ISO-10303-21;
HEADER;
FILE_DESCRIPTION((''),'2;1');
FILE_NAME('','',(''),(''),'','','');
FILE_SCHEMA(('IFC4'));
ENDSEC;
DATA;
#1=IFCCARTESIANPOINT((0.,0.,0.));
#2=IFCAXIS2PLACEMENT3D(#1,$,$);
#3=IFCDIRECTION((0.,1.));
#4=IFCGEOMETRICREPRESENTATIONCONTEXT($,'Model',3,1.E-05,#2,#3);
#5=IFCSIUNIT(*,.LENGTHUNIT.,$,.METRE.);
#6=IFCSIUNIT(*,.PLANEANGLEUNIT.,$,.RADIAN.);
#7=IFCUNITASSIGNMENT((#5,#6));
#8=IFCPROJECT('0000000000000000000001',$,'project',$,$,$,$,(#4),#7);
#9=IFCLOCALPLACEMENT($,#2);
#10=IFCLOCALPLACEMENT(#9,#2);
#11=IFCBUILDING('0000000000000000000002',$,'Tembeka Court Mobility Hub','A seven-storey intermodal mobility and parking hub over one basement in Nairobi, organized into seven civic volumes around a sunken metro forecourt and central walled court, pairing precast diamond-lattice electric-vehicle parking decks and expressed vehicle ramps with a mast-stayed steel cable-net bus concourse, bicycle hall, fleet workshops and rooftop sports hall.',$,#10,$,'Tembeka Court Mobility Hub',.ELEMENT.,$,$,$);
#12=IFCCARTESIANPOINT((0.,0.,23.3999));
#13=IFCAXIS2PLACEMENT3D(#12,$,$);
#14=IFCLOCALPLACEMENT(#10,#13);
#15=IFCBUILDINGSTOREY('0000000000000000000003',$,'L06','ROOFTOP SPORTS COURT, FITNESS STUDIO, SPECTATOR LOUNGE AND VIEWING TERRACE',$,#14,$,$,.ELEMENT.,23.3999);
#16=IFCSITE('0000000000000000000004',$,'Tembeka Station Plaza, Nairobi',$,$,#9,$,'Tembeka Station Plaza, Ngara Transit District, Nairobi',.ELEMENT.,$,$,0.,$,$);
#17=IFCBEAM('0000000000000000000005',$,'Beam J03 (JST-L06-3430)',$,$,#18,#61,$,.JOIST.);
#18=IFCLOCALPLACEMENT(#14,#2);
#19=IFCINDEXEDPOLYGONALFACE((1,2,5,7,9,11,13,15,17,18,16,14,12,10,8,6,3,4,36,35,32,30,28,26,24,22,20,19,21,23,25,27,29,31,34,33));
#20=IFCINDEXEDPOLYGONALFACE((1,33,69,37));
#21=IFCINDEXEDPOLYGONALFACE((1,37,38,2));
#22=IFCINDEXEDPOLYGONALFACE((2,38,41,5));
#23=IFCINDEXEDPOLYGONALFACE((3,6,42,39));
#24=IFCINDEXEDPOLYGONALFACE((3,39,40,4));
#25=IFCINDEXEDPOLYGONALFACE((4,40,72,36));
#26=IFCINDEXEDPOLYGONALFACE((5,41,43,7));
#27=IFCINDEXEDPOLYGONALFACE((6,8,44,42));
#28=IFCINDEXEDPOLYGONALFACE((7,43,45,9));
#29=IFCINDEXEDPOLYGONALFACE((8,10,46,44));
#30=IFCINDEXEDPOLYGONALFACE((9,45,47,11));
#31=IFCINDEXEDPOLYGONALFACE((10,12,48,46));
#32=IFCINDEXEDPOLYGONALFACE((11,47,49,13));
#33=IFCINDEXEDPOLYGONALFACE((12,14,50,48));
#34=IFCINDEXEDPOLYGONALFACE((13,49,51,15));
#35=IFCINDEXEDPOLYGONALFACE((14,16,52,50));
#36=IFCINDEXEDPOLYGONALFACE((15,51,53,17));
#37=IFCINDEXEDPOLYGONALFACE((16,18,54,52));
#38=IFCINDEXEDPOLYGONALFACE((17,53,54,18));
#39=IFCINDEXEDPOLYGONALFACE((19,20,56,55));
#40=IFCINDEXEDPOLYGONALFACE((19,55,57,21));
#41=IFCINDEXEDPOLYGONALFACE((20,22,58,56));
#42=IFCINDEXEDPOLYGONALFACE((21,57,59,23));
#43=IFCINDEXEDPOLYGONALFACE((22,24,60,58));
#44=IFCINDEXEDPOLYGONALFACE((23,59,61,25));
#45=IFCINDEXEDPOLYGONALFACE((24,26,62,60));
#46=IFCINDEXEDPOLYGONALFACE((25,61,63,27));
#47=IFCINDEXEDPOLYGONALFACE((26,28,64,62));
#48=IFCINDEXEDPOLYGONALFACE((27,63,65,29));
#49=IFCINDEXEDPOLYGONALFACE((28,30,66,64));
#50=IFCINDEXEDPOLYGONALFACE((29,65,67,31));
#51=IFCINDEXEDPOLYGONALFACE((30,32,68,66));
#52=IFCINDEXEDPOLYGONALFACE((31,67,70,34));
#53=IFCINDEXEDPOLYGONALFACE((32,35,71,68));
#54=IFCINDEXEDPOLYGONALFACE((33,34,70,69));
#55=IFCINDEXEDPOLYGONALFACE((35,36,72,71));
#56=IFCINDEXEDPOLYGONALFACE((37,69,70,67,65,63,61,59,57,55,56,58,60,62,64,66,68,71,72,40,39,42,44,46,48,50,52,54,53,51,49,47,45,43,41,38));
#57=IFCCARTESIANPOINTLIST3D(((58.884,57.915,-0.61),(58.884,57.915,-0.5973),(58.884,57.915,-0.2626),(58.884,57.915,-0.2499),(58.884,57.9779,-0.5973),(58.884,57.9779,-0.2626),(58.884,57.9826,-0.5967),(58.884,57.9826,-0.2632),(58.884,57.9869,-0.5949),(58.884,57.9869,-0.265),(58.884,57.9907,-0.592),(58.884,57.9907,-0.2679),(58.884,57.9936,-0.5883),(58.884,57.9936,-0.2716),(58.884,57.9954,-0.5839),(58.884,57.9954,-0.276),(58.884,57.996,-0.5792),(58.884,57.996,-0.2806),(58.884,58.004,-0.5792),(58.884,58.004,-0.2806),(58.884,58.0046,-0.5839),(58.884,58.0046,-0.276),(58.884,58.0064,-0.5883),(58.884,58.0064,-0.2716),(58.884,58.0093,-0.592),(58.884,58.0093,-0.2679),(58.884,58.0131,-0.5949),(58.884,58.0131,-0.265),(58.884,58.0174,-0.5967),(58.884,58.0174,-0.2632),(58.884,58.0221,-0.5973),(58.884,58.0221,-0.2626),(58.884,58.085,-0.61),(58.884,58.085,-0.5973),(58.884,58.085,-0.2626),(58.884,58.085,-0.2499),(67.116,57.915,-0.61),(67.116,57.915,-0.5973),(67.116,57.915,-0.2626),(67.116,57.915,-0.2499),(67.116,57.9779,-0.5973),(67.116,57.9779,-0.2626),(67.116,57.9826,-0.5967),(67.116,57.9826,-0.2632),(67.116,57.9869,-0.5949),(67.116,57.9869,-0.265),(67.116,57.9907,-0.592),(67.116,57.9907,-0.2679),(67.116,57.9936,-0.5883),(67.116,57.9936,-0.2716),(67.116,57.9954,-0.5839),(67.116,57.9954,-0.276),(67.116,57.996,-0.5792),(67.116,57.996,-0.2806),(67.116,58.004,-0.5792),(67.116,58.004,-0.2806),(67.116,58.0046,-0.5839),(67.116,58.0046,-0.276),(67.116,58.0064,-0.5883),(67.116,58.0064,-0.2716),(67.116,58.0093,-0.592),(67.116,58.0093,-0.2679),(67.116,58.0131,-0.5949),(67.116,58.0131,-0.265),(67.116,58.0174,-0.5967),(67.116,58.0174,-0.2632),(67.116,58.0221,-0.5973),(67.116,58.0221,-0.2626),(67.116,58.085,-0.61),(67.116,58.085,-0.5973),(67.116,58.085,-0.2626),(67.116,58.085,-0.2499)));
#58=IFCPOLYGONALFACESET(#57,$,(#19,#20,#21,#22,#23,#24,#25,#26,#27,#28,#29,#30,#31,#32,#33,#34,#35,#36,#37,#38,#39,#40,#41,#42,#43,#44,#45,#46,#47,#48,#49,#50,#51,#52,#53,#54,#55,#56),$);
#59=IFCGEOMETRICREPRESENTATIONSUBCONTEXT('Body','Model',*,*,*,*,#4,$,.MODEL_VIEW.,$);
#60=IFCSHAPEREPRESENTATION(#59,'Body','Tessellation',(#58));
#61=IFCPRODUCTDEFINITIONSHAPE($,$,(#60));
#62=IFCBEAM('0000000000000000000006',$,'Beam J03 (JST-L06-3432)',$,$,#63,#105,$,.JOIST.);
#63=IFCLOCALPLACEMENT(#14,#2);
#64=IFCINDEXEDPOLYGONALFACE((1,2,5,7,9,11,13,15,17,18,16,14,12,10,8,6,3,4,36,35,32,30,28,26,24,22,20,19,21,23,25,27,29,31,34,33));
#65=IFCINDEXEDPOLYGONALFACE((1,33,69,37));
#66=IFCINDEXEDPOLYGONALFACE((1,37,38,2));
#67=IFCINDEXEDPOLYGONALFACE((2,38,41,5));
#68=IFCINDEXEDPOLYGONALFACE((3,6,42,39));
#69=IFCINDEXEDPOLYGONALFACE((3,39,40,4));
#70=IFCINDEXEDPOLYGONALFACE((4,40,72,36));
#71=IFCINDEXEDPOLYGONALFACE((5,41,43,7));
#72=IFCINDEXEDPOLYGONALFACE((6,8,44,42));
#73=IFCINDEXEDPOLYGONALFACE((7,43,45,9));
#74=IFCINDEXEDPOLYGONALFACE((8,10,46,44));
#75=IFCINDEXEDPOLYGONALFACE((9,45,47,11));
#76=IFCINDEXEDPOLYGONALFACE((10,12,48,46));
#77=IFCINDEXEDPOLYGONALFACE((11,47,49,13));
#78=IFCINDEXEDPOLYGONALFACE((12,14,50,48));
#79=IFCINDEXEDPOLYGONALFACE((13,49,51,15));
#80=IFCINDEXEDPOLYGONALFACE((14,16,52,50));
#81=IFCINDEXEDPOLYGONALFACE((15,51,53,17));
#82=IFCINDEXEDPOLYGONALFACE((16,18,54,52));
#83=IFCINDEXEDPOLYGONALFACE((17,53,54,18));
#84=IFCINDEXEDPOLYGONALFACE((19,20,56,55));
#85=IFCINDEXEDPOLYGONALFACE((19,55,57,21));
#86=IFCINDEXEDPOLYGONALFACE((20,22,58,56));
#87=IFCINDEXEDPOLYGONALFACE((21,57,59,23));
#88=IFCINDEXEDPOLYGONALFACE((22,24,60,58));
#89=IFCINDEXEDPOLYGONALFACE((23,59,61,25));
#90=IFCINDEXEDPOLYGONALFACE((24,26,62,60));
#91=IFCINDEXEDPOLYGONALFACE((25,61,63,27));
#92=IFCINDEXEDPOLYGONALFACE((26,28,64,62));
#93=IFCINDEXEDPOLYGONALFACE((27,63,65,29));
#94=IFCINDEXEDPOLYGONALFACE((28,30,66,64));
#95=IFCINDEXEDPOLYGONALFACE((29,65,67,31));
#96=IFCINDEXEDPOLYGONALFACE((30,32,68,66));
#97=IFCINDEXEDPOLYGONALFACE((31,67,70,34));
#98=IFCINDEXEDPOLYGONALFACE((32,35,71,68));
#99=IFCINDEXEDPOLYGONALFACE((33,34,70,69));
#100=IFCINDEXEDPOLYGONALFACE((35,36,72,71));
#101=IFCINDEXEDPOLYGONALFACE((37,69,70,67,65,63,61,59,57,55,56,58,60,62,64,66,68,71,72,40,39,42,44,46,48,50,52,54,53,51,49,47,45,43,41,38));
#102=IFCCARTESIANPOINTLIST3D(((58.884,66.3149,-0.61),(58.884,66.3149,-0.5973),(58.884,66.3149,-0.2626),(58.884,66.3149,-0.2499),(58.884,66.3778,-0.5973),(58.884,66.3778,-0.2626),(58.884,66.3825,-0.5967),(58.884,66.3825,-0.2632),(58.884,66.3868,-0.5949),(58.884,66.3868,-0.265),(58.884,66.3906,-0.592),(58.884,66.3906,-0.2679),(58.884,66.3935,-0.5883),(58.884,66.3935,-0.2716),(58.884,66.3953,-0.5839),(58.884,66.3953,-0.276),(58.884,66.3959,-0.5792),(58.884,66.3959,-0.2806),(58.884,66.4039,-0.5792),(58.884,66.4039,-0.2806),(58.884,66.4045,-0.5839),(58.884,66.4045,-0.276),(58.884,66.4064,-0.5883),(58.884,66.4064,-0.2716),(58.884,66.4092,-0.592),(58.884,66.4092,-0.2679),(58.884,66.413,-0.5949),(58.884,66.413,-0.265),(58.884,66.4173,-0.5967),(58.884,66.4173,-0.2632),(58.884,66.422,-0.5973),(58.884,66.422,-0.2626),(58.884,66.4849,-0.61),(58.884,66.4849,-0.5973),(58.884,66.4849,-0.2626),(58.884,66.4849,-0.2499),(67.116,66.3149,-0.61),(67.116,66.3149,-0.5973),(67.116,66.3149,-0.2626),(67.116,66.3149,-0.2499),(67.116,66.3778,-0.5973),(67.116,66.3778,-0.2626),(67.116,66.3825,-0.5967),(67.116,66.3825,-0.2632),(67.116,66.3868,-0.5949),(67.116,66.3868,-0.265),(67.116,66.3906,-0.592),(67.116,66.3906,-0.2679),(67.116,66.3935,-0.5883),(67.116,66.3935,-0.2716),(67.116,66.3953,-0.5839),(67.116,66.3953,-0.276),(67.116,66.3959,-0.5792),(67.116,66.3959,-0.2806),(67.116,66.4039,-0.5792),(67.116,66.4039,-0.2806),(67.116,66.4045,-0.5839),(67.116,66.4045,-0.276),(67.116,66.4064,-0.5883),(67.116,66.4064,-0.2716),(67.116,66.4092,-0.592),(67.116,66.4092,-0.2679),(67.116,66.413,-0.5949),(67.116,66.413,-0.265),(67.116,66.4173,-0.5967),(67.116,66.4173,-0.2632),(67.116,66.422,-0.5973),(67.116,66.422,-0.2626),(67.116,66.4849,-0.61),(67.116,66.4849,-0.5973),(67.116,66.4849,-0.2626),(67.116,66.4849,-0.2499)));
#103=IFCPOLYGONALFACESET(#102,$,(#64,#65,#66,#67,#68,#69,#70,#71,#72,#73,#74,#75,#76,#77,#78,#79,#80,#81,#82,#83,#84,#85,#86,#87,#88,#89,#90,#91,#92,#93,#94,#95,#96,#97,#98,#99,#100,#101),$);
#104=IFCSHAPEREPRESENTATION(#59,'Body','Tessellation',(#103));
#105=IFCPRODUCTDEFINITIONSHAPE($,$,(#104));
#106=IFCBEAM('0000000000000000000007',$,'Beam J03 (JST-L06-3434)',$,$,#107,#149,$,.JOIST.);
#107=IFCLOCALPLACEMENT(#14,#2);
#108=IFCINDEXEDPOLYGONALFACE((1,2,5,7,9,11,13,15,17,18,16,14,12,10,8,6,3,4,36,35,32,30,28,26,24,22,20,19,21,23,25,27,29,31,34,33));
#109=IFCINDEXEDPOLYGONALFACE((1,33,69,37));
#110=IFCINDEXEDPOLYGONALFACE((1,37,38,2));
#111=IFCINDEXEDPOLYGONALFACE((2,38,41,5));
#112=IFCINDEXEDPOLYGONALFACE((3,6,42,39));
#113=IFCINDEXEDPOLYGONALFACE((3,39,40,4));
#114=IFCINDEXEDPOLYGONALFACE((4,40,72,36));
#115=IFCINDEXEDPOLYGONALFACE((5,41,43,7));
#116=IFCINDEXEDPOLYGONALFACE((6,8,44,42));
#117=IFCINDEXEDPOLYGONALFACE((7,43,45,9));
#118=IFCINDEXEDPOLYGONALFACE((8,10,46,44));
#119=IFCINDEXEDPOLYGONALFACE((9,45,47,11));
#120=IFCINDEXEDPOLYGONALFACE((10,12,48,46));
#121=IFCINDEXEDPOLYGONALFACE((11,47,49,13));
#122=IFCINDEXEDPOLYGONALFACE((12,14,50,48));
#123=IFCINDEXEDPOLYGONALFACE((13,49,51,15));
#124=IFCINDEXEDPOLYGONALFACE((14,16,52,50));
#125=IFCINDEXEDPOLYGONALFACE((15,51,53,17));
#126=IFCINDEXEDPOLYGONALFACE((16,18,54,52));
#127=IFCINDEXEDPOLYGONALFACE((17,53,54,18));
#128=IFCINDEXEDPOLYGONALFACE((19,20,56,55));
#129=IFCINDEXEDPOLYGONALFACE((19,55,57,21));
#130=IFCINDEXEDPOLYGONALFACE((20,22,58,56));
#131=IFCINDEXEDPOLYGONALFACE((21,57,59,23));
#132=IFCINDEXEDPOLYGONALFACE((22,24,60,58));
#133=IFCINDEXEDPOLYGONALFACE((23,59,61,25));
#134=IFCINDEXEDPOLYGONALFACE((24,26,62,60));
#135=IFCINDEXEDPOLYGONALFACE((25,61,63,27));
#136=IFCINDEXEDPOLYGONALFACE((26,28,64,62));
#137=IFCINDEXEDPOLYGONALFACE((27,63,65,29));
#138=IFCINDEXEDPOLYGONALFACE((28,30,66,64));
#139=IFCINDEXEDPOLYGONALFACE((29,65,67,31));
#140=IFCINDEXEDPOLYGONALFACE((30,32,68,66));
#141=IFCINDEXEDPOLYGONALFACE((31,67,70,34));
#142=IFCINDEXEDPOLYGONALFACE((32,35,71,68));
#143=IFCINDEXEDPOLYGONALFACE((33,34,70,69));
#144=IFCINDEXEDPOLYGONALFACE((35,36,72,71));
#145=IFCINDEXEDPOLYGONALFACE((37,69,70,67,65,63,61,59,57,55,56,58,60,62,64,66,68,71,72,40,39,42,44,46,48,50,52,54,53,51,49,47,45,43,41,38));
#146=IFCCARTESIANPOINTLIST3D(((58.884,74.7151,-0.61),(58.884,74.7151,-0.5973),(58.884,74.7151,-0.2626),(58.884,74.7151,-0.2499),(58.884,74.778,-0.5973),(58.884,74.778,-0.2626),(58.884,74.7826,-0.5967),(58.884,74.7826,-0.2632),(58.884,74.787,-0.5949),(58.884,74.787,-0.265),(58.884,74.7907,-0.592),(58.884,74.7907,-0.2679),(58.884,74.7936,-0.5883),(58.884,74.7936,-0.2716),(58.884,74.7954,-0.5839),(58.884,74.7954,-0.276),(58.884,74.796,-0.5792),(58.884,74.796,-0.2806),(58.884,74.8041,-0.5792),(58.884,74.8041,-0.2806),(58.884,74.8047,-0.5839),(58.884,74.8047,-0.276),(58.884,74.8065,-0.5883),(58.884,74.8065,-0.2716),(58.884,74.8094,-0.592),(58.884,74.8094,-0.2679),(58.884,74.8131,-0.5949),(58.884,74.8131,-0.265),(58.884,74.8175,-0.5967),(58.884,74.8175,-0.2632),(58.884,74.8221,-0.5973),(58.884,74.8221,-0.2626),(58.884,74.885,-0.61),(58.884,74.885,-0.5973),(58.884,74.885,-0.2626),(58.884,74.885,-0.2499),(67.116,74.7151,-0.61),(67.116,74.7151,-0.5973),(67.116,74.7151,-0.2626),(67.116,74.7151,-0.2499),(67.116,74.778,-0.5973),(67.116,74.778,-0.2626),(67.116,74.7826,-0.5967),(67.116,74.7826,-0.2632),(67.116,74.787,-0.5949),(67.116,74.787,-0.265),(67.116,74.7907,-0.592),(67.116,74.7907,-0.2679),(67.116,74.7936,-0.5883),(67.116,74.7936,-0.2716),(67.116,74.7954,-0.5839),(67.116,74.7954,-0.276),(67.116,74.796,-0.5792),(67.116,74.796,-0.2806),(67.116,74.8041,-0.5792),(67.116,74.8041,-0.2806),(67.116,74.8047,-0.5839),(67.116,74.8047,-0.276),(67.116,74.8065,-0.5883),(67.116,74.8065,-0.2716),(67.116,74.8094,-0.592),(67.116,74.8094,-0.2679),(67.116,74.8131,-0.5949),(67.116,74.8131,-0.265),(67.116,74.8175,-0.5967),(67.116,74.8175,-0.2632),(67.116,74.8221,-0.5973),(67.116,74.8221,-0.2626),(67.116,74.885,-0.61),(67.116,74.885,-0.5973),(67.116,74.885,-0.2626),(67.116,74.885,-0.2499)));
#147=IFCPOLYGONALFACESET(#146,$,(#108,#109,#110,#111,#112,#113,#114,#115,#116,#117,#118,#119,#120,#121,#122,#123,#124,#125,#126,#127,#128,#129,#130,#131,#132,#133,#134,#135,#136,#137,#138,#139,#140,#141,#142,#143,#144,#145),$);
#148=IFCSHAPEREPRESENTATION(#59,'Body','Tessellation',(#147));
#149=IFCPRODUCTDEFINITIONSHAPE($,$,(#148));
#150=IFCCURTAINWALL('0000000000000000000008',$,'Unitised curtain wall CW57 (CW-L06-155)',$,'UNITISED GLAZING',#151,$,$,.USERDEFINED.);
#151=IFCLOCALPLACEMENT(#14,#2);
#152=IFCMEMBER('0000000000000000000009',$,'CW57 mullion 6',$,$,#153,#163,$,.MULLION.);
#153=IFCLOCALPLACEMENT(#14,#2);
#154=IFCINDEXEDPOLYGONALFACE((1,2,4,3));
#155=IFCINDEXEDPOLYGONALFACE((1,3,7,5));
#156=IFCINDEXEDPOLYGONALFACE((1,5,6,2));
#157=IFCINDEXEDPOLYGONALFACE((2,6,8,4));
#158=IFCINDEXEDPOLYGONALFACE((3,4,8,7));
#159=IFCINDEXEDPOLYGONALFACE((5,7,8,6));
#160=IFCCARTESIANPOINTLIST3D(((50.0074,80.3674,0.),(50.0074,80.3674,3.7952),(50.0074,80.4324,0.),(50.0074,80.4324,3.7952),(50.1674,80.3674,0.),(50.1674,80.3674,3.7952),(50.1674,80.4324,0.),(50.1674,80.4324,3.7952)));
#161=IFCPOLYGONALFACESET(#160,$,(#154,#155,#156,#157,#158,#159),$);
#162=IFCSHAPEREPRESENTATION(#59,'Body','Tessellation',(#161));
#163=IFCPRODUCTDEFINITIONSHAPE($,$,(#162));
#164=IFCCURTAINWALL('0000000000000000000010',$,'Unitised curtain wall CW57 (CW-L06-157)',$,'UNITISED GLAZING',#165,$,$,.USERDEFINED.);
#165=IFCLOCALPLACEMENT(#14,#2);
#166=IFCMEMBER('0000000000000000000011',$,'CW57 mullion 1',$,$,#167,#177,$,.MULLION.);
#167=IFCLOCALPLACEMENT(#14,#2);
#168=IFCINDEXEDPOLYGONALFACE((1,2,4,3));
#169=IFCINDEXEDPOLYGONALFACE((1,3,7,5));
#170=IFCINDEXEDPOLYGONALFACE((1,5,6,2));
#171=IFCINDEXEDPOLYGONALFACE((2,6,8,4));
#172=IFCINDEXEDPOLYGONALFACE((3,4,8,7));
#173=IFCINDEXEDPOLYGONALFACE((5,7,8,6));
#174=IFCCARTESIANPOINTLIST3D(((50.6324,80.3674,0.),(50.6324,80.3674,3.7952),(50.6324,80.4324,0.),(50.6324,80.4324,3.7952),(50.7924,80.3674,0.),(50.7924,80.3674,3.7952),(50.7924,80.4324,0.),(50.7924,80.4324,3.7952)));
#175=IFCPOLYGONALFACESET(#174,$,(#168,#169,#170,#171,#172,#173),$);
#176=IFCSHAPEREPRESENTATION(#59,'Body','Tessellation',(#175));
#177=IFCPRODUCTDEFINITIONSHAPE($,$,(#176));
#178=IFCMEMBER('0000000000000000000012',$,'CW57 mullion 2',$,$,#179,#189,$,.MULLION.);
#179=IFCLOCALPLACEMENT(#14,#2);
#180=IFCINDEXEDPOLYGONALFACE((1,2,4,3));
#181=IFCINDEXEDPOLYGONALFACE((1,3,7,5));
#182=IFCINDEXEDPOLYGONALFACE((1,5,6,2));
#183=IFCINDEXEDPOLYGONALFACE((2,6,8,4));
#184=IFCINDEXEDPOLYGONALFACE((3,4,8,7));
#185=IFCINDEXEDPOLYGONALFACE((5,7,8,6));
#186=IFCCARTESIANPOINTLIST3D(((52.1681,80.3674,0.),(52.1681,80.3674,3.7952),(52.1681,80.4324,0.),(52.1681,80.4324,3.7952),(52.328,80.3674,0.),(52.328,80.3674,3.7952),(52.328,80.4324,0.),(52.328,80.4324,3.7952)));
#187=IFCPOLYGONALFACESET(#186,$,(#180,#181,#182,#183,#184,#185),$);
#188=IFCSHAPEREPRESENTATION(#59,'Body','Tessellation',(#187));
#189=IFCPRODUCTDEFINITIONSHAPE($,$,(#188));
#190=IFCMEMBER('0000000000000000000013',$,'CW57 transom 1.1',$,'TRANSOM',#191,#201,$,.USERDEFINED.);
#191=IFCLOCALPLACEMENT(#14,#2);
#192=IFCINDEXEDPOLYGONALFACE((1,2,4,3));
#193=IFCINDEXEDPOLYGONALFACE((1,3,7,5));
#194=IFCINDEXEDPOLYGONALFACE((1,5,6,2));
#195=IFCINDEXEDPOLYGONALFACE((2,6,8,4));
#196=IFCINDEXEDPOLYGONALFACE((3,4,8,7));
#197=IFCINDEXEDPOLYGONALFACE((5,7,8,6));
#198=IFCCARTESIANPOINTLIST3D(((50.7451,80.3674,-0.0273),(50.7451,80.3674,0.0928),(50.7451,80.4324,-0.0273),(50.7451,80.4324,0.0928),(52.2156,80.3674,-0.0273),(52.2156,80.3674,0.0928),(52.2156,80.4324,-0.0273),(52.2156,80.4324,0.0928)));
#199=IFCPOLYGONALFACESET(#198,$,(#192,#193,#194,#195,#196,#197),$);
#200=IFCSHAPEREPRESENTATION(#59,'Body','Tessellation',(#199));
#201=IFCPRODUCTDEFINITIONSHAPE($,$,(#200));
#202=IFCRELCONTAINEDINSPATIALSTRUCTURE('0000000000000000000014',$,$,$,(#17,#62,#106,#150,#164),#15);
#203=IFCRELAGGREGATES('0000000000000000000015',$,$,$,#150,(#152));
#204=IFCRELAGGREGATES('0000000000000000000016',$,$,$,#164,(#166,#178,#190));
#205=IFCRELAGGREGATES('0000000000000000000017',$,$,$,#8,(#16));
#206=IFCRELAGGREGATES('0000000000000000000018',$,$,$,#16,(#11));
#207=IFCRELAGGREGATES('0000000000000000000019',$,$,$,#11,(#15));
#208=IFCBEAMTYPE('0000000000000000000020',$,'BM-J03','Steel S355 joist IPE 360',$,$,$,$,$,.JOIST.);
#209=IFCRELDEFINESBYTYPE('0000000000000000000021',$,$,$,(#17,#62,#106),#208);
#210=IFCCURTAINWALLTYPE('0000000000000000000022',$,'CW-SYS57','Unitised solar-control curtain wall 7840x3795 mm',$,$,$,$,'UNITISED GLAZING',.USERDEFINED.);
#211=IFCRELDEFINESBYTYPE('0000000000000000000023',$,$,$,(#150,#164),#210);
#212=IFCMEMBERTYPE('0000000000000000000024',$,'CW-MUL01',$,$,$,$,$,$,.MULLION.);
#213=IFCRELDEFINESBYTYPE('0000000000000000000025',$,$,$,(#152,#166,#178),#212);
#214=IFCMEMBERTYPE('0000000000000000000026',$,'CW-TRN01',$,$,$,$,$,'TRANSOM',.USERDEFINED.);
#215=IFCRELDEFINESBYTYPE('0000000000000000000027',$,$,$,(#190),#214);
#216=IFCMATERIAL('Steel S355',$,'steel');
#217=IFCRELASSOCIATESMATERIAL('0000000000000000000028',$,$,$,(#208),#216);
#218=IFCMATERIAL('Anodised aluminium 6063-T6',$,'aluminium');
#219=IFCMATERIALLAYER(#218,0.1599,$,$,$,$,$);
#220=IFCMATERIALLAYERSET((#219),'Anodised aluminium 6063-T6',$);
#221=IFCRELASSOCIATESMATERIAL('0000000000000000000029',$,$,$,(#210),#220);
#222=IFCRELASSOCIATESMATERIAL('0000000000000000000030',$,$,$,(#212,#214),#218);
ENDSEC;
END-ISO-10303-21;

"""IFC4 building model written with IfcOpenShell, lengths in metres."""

from ifc_helpers import new_model, si_unit, direction, frame, origin, origin_2d, place, context, subcontext, project, spatial, rectangle, i_section, extrude, material, layer, layer_set, material_profile, profile_set, type_object, element, aggregate, save


model = new_model("IFC4")

# Units and contexts
model_context = context("Model", 3, precision=1e-05, world=origin(), true_north=direction((0.0, 1.0)))
body_context = subcontext(model_context, "Body", "Model", "MODEL_VIEW")
ifc_project = project(units=[si_unit("LENGTHUNIT", "METRE"), si_unit("PLANEANGLEUNIT", "RADIAN")], contexts=[model_context])

# Site, building, storey
site_placement = place(None, origin())
site = spatial("IfcSite", under=ifc_project, at=site_placement, Name="Tembeka Station Plaza, Nairobi", LongName="Tembeka Station Plaza, Ngara Transit District, Nairobi", CompositionType="ELEMENT", RefElevation=0.0)
building_placement = place(site_placement, origin())
building = spatial("IfcBuilding", under=site, at=building_placement, Name="Tembeka Court Mobility Hub", Description="A seven-storey intermodal mobility and parking hub over one basement in Nairobi, organized into seven civic volumes around a sunken metro forecourt and central walled court, pairing precast diamond-lattice electric-vehicle parking decks and expressed vehicle ramps with a mast-stayed steel cable-net bus concourse, bicycle hall, fleet workshops and rooftop sports hall.", LongName="Tembeka Court Mobility Hub", CompositionType="ELEMENT")
storey_placement = place(building_placement, frame((0.0, 0.0, 23.3999)))
storey = spatial("IfcBuildingStorey", under=building, at=storey_placement, Name="L06", Description="ROOFTOP SPORTS COURT, FITNESS STUDIO, SPECTATOR LOUNGE AND VIEWING TERRACE", CompositionType="ELEMENT", Elevation=23.3999)

# Shared definitions
ifc_material_1 = material(Name="Steel S355", Category="steel")

# Beams
ifc_material_profile_1 = material_profile(ifc_material_1, i_section(OverallWidth=0.1699, OverallDepth=0.3601, WebThickness=0.0081, FlangeThickness=0.0127, FilletRadius=0.0181, at=origin_2d()), Name="IPE 360")
ifc_profile_set_1 = profile_set([ifc_material_profile_1], Name="Steel S355")
beam_type_1 = type_object("IfcBeamType", Name="BM-J03", Description="Steel S355 joist IPE 360", PredefinedType="JOIST", material=ifc_profile_set_1)
for number, where, z_axis, x_axis, name in (
    (1, (58.884, 58.0, -0.4299), (1.0, 0.0, 0.0), (0.0, 1.0, 0.0), "Beam J03 (JST-L06-3430)"),
    (2, (58.884, 66.3999, -0.4299), (1.0, 0.0, 0.0), (0.0, 1.0, 0.0), "Beam J03 (JST-L06-3432)"),
    (3, (58.884, 74.8, -0.4299), (1.0, 0.0, 0.0), (0.0, 1.0, 0.0), "Beam J03 (JST-L06-3434)"),
):
    element("IfcBeam", number, at=place(storey_placement, frame(where, z_axis=z_axis, x_axis=x_axis)), inside=storey, type_object=beam_type_1, Name=name, PredefinedType="JOIST", context=body_context, shape_type="SweptSolid", body=[
        extrude(i_section(OverallWidth=0.1699, OverallDepth=0.3601, WebThickness=0.0081, FlangeThickness=0.0127, FilletRadius=0.0181, at=origin_2d()), origin(), (0.0, 0.0, 1.0), 8.2319),
    ])

# Curtain wall, member
ifc_material_2 = material(Name="Anodised aluminium 6063-T6", Category="aluminium")
ifc_layer_1 = layer(ifc_material_2, 0.1599)
ifc_layer_set_1 = layer_set([ifc_layer_1], Name="Anodised aluminium 6063-T6")
curtain_wall_type = type_object("IfcCurtainWallType", Name="CW-SYS57", Description="Unitised solar-control curtain wall 7840x3795 mm", ElementType="UNITISED GLAZING", PredefinedType="USERDEFINED", material=ifc_layer_set_1)
curtain_wall_1_placement = place(storey_placement, origin())
curtain_wall_1 = element("IfcCurtainWall", 4, at=curtain_wall_1_placement, inside=storey, type_object=curtain_wall_type, Name="Unitised curtain wall CW57 (CW-L06-155)", ObjectType="UNITISED GLAZING", PredefinedType="USERDEFINED")
ifc_material_profile_2 = material_profile(ifc_material_2, rectangle(XDim=0.0649, YDim=0.1599, at=origin_2d()), Name="ALU-MUL 65x160")
ifc_profile_set_2 = profile_set([ifc_material_profile_2], Name="Anodised aluminium 6063-T6")
member_type_1 = type_object("IfcMemberType", Name="CW-MUL01", PredefinedType="MULLION", material=ifc_profile_set_2)
member_1_placement = place(storey_placement, frame((50.0874, 80.3999, 0.0), z_axis=(0.0, 0.0, 1.0), x_axis=(0.0, 1.0, 0.0)))
member_1 = element("IfcMember", 5, at=member_1_placement, type_object=member_type_1, Name="CW57 mullion 6", PredefinedType="MULLION", context=body_context, shape_type="SweptSolid", body=[
    extrude(rectangle(XDim=0.0649, YDim=0.1599, at=origin_2d()), origin(), (0.0, 0.0, 1.0), 3.7952),
])

# Curtain wall, members
curtain_wall_2_placement = place(storey_placement, origin())
curtain_wall_2 = element("IfcCurtainWall", 6, at=curtain_wall_2_placement, inside=storey, type_object=curtain_wall_type, Name="Unitised curtain wall CW57 (CW-L06-157)", ObjectType="UNITISED GLAZING", PredefinedType="USERDEFINED")
member_2_placement = place(storey_placement, frame((50.7124, 80.3999, 0.0), z_axis=(0.0, 0.0, 1.0), x_axis=(0.0, 1.0, 0.0)))
member_2 = element("IfcMember", 7, at=member_2_placement, type_object=member_type_1, Name="CW57 mullion 1", PredefinedType="MULLION", context=body_context, shape_type="SweptSolid", body=[
    extrude(rectangle(XDim=0.0649, YDim=0.1599, at=origin_2d()), origin(), (0.0, 0.0, 1.0), 3.7952),
])
member_3_placement = place(storey_placement, frame((52.248, 80.3999, 0.0), z_axis=(0.0, 0.0, 1.0), x_axis=(0.0, 1.0, 0.0)))
member_3 = element("IfcMember", 8, at=member_3_placement, type_object=member_type_1, Name="CW57 mullion 2", PredefinedType="MULLION", context=body_context, shape_type="SweptSolid", body=[
    extrude(rectangle(XDim=0.0649, YDim=0.1599, at=origin_2d()), origin(), (0.0, 0.0, 1.0), 3.7952),
])
ifc_material_profile_3 = material_profile(ifc_material_2, rectangle(XDim=0.0649, YDim=0.1201, at=origin_2d()), Name="ALU-TRN 65x120")
ifc_profile_set_3 = profile_set([ifc_material_profile_3], Name="Anodised aluminium 6063-T6")
member_type_2 = type_object("IfcMemberType", Name="CW-TRN01", ElementType="TRANSOM", PredefinedType="USERDEFINED", material=ifc_profile_set_3)
member_4_placement = place(storey_placement, frame((50.7451, 80.3999, 0.0327), z_axis=(1.0, 0.0, 0.0), x_axis=(0.0, 1.0, 0.0)))
member_4 = element("IfcMember", 9, at=member_4_placement, type_object=member_type_2, Name="CW57 transom 1.1", ObjectType="TRANSOM", PredefinedType="USERDEFINED", context=body_context, shape_type="SweptSolid", body=[
    extrude(rectangle(XDim=0.0649, YDim=0.1201, at=origin_2d()), origin(), (0.0, 0.0, 1.0), 1.4705),
])

aggregate(curtain_wall_1, [member_1])
aggregate(curtain_wall_2, [member_2, member_3, member_4])

save(model, "model.ifc")
